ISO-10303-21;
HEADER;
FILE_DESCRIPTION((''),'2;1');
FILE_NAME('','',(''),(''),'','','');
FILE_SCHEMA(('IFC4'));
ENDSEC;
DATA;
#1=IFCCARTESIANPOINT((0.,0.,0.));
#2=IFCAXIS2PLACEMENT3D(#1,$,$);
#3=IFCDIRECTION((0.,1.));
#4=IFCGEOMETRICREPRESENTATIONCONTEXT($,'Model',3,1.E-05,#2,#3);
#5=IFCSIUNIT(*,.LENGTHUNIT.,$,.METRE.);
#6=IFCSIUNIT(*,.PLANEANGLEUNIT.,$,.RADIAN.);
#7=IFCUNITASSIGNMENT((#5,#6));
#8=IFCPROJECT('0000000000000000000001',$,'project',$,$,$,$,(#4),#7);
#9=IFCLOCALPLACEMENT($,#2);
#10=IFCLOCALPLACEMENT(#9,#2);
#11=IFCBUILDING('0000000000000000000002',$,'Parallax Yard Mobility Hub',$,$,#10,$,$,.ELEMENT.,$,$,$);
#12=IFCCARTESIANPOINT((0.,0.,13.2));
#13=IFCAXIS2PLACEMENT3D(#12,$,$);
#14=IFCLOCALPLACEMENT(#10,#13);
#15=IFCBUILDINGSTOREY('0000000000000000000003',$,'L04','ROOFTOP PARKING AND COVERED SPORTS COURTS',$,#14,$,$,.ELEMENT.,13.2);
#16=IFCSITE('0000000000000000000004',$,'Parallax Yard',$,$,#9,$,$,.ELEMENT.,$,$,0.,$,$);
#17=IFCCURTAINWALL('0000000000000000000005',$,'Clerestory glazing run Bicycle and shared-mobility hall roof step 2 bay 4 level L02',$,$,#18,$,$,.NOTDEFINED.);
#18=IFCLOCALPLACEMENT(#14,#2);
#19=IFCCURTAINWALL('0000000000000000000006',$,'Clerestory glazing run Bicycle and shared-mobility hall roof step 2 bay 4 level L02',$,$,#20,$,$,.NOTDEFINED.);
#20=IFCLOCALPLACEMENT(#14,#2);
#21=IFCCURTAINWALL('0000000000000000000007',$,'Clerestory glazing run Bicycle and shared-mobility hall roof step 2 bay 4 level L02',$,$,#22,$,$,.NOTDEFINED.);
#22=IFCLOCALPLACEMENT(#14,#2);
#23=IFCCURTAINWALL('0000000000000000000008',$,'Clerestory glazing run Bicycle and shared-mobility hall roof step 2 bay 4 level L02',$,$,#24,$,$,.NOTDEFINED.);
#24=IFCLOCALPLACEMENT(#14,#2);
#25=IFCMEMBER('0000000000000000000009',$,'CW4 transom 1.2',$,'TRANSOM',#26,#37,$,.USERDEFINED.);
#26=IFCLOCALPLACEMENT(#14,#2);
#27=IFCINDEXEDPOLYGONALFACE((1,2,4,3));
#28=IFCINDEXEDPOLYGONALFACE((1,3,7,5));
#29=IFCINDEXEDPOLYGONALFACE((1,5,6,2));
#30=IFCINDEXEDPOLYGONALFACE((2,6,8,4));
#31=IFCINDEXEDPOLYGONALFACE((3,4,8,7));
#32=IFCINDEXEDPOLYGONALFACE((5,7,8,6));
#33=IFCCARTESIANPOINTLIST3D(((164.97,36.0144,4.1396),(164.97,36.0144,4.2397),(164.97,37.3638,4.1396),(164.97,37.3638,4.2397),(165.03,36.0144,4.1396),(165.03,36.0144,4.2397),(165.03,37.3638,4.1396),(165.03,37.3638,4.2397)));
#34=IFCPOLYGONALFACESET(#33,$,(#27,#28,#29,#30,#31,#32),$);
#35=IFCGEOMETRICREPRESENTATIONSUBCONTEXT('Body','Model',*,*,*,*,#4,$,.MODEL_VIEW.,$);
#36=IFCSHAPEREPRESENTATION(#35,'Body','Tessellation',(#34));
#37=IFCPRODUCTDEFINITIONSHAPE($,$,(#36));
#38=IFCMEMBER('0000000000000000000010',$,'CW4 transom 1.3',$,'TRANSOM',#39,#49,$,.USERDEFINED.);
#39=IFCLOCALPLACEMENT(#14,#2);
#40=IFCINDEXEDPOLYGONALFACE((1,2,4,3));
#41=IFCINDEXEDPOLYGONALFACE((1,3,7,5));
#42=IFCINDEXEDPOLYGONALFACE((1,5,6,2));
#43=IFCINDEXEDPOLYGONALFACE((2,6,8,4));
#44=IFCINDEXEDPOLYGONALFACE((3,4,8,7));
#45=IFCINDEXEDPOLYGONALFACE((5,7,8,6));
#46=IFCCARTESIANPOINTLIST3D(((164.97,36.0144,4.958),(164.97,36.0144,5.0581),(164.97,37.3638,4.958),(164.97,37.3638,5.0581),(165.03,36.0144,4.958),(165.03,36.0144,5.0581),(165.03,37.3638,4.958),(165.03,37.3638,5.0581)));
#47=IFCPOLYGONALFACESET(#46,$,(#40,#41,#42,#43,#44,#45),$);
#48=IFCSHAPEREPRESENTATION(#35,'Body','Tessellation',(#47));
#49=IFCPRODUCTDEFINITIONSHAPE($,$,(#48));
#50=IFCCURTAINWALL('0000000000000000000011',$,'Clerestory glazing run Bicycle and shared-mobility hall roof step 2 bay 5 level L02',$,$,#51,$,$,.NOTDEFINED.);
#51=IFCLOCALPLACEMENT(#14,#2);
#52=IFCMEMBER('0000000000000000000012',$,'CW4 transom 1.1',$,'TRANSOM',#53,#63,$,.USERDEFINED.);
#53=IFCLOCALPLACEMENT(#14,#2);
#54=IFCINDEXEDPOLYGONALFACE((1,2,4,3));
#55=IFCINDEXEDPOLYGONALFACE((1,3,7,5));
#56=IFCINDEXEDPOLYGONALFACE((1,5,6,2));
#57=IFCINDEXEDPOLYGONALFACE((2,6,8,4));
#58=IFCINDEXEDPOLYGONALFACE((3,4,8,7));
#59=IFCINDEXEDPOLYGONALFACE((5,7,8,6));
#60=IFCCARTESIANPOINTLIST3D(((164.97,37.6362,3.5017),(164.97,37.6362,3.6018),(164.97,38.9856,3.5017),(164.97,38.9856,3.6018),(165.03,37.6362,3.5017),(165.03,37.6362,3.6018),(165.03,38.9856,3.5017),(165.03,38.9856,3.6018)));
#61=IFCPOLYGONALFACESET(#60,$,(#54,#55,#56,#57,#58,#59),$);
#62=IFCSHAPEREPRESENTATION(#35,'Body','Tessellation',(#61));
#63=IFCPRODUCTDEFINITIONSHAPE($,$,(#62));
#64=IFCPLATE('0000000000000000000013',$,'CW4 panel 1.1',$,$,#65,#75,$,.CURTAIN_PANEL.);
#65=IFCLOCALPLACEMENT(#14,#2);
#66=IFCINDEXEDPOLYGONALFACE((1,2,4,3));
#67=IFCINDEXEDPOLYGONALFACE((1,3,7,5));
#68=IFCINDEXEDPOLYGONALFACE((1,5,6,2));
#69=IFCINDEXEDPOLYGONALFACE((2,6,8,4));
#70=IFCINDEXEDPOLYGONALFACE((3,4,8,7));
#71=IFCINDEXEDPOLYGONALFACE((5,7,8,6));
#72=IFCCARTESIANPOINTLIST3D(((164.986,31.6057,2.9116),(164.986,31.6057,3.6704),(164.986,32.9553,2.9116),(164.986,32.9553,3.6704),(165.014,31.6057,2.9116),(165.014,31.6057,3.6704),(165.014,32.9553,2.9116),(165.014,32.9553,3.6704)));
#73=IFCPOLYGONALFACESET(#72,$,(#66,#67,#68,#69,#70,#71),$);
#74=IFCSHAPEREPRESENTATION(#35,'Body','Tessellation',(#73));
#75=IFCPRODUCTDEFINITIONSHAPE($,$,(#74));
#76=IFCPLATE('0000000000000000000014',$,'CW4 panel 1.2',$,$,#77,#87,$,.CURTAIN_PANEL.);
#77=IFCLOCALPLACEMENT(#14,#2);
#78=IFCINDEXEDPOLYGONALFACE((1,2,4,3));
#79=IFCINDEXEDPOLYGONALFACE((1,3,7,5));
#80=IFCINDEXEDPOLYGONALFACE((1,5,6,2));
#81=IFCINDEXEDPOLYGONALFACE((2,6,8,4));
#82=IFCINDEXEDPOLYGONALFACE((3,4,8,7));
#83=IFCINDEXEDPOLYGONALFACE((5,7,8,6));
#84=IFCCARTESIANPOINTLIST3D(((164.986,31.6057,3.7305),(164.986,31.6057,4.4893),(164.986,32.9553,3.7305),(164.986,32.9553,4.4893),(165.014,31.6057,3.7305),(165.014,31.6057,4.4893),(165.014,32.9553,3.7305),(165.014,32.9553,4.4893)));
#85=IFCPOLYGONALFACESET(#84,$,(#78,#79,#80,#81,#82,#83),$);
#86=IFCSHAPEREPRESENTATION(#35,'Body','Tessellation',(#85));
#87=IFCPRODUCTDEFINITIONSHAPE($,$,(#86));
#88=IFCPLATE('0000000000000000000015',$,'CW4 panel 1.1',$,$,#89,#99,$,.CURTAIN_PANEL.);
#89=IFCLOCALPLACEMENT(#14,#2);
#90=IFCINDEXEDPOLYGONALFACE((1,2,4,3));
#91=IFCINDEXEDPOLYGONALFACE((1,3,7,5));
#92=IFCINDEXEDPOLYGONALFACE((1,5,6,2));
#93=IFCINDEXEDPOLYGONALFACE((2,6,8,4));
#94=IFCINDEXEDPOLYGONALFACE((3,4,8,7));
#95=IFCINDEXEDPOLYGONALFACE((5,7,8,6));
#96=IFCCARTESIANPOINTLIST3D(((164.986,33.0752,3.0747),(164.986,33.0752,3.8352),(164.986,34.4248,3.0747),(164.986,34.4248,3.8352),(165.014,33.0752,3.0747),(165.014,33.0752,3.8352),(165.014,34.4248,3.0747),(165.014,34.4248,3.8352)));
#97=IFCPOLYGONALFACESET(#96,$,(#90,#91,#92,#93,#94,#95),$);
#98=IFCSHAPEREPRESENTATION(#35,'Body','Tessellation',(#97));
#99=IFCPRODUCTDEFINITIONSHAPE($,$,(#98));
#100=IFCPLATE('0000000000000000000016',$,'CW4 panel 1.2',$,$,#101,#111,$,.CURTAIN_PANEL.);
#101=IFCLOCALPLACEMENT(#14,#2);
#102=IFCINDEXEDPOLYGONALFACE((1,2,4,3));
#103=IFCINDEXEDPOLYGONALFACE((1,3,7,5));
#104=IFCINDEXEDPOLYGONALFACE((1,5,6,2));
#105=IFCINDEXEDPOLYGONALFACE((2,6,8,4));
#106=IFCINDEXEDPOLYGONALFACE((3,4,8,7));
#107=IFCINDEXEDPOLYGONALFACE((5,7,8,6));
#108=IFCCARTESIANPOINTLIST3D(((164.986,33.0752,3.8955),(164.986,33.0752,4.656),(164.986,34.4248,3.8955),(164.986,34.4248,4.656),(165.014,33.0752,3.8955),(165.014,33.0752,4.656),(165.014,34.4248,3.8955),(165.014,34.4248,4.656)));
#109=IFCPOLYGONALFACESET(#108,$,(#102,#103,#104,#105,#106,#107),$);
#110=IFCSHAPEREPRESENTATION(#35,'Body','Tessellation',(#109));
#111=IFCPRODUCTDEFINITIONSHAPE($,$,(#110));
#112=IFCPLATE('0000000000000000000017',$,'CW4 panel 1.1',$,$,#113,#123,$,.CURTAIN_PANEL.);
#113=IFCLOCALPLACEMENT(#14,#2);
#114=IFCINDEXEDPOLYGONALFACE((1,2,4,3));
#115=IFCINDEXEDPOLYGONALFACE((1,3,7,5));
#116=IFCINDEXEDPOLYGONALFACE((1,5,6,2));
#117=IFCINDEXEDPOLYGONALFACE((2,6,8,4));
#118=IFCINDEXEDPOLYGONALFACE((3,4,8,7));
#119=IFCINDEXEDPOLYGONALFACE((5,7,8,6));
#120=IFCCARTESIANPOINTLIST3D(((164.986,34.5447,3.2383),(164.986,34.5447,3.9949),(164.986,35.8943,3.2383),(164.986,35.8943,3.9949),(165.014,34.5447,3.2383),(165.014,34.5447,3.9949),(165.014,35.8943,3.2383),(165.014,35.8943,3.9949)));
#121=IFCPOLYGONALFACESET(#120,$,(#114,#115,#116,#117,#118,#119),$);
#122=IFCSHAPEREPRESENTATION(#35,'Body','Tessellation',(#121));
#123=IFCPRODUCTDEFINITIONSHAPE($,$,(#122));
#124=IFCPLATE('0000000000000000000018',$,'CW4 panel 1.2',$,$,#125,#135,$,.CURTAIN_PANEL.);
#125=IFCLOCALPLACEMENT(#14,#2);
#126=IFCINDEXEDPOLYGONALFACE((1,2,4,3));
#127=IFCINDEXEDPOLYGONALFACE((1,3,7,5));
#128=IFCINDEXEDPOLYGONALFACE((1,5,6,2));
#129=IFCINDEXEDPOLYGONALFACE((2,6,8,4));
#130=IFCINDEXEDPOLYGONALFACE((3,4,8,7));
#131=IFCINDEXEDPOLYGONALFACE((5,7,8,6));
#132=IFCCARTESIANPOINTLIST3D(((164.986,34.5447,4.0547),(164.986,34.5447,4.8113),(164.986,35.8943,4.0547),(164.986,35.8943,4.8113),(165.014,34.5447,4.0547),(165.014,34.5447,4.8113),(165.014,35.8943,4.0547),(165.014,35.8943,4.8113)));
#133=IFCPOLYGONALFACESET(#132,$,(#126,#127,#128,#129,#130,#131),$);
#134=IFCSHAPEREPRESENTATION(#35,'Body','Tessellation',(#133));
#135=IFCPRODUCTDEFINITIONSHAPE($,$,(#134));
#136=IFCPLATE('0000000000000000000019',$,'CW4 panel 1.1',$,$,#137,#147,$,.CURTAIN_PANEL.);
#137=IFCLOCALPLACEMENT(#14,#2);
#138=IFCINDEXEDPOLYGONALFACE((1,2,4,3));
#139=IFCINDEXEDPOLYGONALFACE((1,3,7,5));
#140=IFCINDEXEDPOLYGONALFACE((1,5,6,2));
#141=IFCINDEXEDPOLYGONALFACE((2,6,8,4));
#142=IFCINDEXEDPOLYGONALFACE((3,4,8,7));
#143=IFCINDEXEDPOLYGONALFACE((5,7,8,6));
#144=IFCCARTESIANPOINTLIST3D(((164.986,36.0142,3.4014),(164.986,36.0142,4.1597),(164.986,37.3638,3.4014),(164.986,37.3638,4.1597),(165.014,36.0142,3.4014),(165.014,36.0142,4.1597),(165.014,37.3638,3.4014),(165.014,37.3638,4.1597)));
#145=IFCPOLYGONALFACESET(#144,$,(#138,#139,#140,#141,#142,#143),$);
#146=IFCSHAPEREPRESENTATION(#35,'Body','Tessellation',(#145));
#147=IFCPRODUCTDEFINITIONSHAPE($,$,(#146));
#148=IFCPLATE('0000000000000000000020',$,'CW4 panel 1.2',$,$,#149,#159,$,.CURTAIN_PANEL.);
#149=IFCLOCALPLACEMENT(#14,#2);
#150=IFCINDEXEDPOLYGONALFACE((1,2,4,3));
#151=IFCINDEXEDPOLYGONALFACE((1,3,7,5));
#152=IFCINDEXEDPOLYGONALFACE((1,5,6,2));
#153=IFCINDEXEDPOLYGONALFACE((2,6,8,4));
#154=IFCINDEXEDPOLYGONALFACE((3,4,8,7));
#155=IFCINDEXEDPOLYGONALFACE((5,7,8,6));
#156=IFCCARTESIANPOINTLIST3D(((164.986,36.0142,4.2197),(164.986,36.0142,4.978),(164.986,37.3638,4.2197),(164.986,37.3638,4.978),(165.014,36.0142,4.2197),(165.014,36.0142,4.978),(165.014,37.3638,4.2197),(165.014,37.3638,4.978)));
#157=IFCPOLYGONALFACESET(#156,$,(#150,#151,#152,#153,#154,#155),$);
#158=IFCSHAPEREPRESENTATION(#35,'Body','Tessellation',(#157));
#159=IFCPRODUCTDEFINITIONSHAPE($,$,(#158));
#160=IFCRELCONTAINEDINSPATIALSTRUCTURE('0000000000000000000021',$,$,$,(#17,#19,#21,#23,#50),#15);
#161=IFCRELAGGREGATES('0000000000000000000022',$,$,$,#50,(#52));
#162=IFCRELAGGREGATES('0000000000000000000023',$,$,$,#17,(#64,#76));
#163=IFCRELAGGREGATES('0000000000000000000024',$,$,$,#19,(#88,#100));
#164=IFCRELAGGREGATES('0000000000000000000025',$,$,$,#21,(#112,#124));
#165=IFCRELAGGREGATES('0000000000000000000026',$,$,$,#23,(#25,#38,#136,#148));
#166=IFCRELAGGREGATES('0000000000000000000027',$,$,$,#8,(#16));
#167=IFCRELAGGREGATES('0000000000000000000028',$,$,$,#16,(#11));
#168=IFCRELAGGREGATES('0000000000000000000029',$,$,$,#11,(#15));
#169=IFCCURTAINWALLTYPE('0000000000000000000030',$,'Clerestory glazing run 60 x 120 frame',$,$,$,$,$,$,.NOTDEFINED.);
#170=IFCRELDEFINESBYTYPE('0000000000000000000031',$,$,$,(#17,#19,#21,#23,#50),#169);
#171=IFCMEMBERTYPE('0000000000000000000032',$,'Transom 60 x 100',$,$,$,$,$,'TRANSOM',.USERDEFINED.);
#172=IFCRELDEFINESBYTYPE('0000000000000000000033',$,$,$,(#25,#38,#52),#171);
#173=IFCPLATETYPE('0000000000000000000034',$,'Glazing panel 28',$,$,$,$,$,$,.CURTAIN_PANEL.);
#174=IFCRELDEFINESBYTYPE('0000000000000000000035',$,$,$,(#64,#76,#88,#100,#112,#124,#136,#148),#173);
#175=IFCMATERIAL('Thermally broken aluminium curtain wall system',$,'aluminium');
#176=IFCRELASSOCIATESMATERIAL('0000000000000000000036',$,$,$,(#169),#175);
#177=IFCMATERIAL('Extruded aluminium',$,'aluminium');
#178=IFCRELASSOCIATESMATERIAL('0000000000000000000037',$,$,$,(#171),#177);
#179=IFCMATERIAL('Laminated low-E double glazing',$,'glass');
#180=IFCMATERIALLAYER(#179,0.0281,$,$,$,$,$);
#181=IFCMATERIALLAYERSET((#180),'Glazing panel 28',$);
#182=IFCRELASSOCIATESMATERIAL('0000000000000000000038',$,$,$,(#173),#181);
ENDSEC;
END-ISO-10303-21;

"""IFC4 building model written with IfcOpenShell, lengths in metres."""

from ifc_helpers import new_model, si_unit, direction, frame, origin, origin_2d, place, context, subcontext, project, spatial, rectangle, extrude, material, layer, layer_set, material_profile, profile_set, type_object, element, aggregate, save


model = new_model("IFC4")

# Units and contexts
model_context = context("Model", 3, precision=1e-05, world=origin(), true_north=direction((0.0, 1.0)))
body_context = subcontext(model_context, "Body", "Model", "MODEL_VIEW")
ifc_project = project(units=[si_unit("LENGTHUNIT", "METRE"), si_unit("PLANEANGLEUNIT", "RADIAN")], contexts=[model_context])

# Site, building, storey
site_placement = place(None, origin())
site = spatial("IfcSite", under=ifc_project, at=site_placement, Name="Parallax Yard", CompositionType="ELEMENT", RefElevation=0.0)
building_placement = place(site_placement, origin())
building = spatial("IfcBuilding", under=site, at=building_placement, Name="Parallax Yard Mobility Hub", CompositionType="ELEMENT")
storey_placement = place(building_placement, frame((0.0, 0.0, 13.2)))
storey = spatial("IfcBuildingStorey", under=building, at=storey_placement, Name="L04", Description="ROOFTOP PARKING AND COVERED SPORTS COURTS", CompositionType="ELEMENT", Elevation=13.2)

# Curtain wall
ifc_material_1 = material(Name="Thermally broken aluminium curtain wall system", Category="aluminium")
curtain_wall_type = type_object("IfcCurtainWallType", Name="Clerestory glazing run 60 x 120 frame", PredefinedType="NOTDEFINED", material=ifc_material_1)
curtain_wall_1_placement = place(storey_placement, origin())
curtain_wall_1 = element("IfcCurtainWall", 1, at=curtain_wall_1_placement, inside=storey, type_object=curtain_wall_type, Name="Clerestory glazing run Bicycle and shared-mobility hall roof step 2 bay 4 level L02", PredefinedType="NOTDEFINED")
ifc_material_2 = material(Name="Extruded aluminium", Category="aluminium")

# Curtain walls
curtain_wall_2_placement = place(storey_placement, origin())
curtain_wall_2 = element("IfcCurtainWall", 2, at=curtain_wall_2_placement, inside=storey, type_object=curtain_wall_type, Name="Clerestory glazing run Bicycle and shared-mobility hall roof step 2 bay 4 level L02", PredefinedType="NOTDEFINED")
curtain_wall_3_placement = place(storey_placement, origin())
curtain_wall_3 = element("IfcCurtainWall", 3, at=curtain_wall_3_placement, inside=storey, type_object=curtain_wall_type, Name="Clerestory glazing run Bicycle and shared-mobility hall roof step 2 bay 4 level L02", PredefinedType="NOTDEFINED")

# Curtain wall
curtain_wall_4_placement = place(storey_placement, origin())
curtain_wall_4 = element("IfcCurtainWall", 4, at=curtain_wall_4_placement, inside=storey, type_object=curtain_wall_type, Name="Clerestory glazing run Bicycle and shared-mobility hall roof step 2 bay 4 level L02", PredefinedType="NOTDEFINED")

# Members
ifc_material_profile_1 = material_profile(ifc_material_2, rectangle(XDim=0.0601, YDim=0.1001, at=origin_2d()), Name="Transom 60 x 100")
ifc_profile_set_1 = profile_set([ifc_material_profile_1], Name="Extruded aluminium")
member_type_1 = type_object("IfcMemberType", Name="Transom 60 x 100", ElementType="TRANSOM", PredefinedType="USERDEFINED", material=ifc_profile_set_1)
member_1_placement = place(storey_placement, frame((165.0, 36.0144, 4.1897), z_axis=(0.0, 1.0, 0.0), x_axis=(-1.0, 0.0, 0.0)))
member_1 = element("IfcMember", 5, at=member_1_placement, type_object=member_type_1, Name="CW4 transom 1.2", ObjectType="TRANSOM", PredefinedType="USERDEFINED", context=body_context, shape_type="SweptSolid", body=[
    extrude(rectangle(XDim=0.0601, YDim=0.1001, at=origin_2d()), origin(), (0.0, 0.0, 1.0), 1.3494),
])
member_2_placement = place(storey_placement, frame((165.0, 36.0144, 5.0081), z_axis=(0.0, 1.0, 0.0), x_axis=(-1.0, 0.0, 0.0)))
member_2 = element("IfcMember", 6, at=member_2_placement, type_object=member_type_1, Name="CW4 transom 1.3", ObjectType="TRANSOM", PredefinedType="USERDEFINED", context=body_context, shape_type="SweptSolid", body=[
    extrude(rectangle(XDim=0.0601, YDim=0.1001, at=origin_2d()), origin(), (0.0, 0.0, 1.0), 1.3494),
])

# Curtain wall, member
curtain_wall_5_placement = place(storey_placement, origin())
curtain_wall_5 = element("IfcCurtainWall", 7, at=curtain_wall_5_placement, inside=storey, type_object=curtain_wall_type, Name="Clerestory glazing run Bicycle and shared-mobility hall roof step 2 bay 5 level L02", PredefinedType="NOTDEFINED")
member_3_placement = place(storey_placement, frame((165.0, 37.6362, 3.5518), z_axis=(0.0, 1.0, 0.0), x_axis=(-1.0, 0.0, 0.0)))
member_3 = element("IfcMember", 8, at=member_3_placement, type_object=member_type_1, Name="CW4 transom 1.1", ObjectType="TRANSOM", PredefinedType="USERDEFINED", context=body_context, shape_type="SweptSolid", body=[
    extrude(rectangle(XDim=0.0601, YDim=0.1001, at=origin_2d()), origin(), (0.0, 0.0, 1.0), 1.3494),
])
aggregate(curtain_wall_5, [member_3])

# Plates
ifc_material_3 = material(Name="Laminated low-E double glazing", Category="glass")
ifc_layer = layer(ifc_material_3, 0.0281)
ifc_layer_set = layer_set([ifc_layer], Name="Glazing panel 28")
plate_type = type_object("IfcPlateType", Name="Glazing panel 28", PredefinedType="CURTAIN_PANEL", material=ifc_layer_set)
plate_1_placement = place(storey_placement, frame((165.0, 32.2805, 2.9116), z_axis=(0.0, 0.0, 1.0), x_axis=(0.0, 1.0, 0.0)))
plate_1 = element("IfcPlate", 9, at=plate_1_placement, type_object=plate_type, Name="CW4 panel 1.1", PredefinedType="CURTAIN_PANEL", context=body_context, shape_type="SweptSolid", body=[
    extrude(rectangle(XDim=1.3496, YDim=0.0281, at=origin_2d()), origin(), (0.0, 0.0, 1.0), 0.7588),
])
plate_2_placement = place(storey_placement, frame((165.0, 32.2805, 3.7305), z_axis=(0.0, 0.0, 1.0), x_axis=(0.0, 1.0, 0.0)))
plate_2 = element("IfcPlate", 10, at=plate_2_placement, type_object=plate_type, Name="CW4 panel 1.2", PredefinedType="CURTAIN_PANEL", context=body_context, shape_type="SweptSolid", body=[
    extrude(rectangle(XDim=1.3496, YDim=0.0281, at=origin_2d()), origin(), (0.0, 0.0, 1.0), 0.7588),
])
aggregate(curtain_wall_1, [plate_1, plate_2])
plate_3_placement = place(storey_placement, frame((165.0, 33.75, 3.0747), z_axis=(0.0, 0.0, 1.0), x_axis=(0.0, 1.0, 0.0)))
plate_3 = element("IfcPlate", 11, at=plate_3_placement, type_object=plate_type, Name="CW4 panel 1.1", PredefinedType="CURTAIN_PANEL", context=body_context, shape_type="SweptSolid", body=[
    extrude(rectangle(XDim=1.3496, YDim=0.0281, at=origin_2d()), origin(), (0.0, 0.0, 1.0), 0.7605),
])
plate_4_placement = place(storey_placement, frame((165.0, 33.75, 3.8955), z_axis=(0.0, 0.0, 1.0), x_axis=(0.0, 1.0, 0.0)))
plate_4 = element("IfcPlate", 12, at=plate_4_placement, type_object=plate_type, Name="CW4 panel 1.2", PredefinedType="CURTAIN_PANEL", context=body_context, shape_type="SweptSolid", body=[
    extrude(rectangle(XDim=1.3496, YDim=0.0281, at=origin_2d()), origin(), (0.0, 0.0, 1.0), 0.7605),
])
aggregate(curtain_wall_2, [plate_3, plate_4])
plate_5_placement = place(storey_placement, frame((165.0, 35.2195, 3.2383), z_axis=(0.0, 0.0, 1.0), x_axis=(0.0, 1.0, 0.0)))
plate_5 = element("IfcPlate", 13, at=plate_5_placement, type_object=plate_type, Name="CW4 panel 1.1", PredefinedType="CURTAIN_PANEL", context=body_context, shape_type="SweptSolid", body=[
    extrude(rectangle(XDim=1.3496, YDim=0.0281, at=origin_2d()), origin(), (0.0, 0.0, 1.0), 0.7566),
])
plate_6_placement = place(storey_placement, frame((165.0, 35.2195, 4.0547), z_axis=(0.0, 0.0, 1.0), x_axis=(0.0, 1.0, 0.0)))
plate_6 = element("IfcPlate", 14, at=plate_6_placement, type_object=plate_type, Name="CW4 panel 1.2", PredefinedType="CURTAIN_PANEL", context=body_context, shape_type="SweptSolid", body=[
    extrude(rectangle(XDim=1.3496, YDim=0.0281, at=origin_2d()), origin(), (0.0, 0.0, 1.0), 0.7566),
])
aggregate(curtain_wall_3, [plate_5, plate_6])
plate_7_placement = place(storey_placement, frame((165.0, 36.689, 3.4014), z_axis=(0.0, 0.0, 1.0), x_axis=(0.0, 1.0, 0.0)))
plate_7 = element("IfcPlate", 15, at=plate_7_placement, type_object=plate_type, Name="CW4 panel 1.1", PredefinedType="CURTAIN_PANEL", context=body_context, shape_type="SweptSolid", body=[
    extrude(rectangle(XDim=1.3496, YDim=0.0281, at=origin_2d()), origin(), (0.0, 0.0, 1.0), 0.7583),
])
plate_8_placement = place(storey_placement, frame((165.0, 36.689, 4.2197), z_axis=(0.0, 0.0, 1.0), x_axis=(0.0, 1.0, 0.0)))
plate_8 = element("IfcPlate", 16, at=plate_8_placement, type_object=plate_type, Name="CW4 panel 1.2", PredefinedType="CURTAIN_PANEL", context=body_context, shape_type="SweptSolid", body=[
    extrude(rectangle(XDim=1.3496, YDim=0.0281, at=origin_2d()), origin(), (0.0, 0.0, 1.0), 0.7583),
])
aggregate(curtain_wall_4, [member_1, member_2, plate_7, plate_8])

save(model, "model.ifc")
